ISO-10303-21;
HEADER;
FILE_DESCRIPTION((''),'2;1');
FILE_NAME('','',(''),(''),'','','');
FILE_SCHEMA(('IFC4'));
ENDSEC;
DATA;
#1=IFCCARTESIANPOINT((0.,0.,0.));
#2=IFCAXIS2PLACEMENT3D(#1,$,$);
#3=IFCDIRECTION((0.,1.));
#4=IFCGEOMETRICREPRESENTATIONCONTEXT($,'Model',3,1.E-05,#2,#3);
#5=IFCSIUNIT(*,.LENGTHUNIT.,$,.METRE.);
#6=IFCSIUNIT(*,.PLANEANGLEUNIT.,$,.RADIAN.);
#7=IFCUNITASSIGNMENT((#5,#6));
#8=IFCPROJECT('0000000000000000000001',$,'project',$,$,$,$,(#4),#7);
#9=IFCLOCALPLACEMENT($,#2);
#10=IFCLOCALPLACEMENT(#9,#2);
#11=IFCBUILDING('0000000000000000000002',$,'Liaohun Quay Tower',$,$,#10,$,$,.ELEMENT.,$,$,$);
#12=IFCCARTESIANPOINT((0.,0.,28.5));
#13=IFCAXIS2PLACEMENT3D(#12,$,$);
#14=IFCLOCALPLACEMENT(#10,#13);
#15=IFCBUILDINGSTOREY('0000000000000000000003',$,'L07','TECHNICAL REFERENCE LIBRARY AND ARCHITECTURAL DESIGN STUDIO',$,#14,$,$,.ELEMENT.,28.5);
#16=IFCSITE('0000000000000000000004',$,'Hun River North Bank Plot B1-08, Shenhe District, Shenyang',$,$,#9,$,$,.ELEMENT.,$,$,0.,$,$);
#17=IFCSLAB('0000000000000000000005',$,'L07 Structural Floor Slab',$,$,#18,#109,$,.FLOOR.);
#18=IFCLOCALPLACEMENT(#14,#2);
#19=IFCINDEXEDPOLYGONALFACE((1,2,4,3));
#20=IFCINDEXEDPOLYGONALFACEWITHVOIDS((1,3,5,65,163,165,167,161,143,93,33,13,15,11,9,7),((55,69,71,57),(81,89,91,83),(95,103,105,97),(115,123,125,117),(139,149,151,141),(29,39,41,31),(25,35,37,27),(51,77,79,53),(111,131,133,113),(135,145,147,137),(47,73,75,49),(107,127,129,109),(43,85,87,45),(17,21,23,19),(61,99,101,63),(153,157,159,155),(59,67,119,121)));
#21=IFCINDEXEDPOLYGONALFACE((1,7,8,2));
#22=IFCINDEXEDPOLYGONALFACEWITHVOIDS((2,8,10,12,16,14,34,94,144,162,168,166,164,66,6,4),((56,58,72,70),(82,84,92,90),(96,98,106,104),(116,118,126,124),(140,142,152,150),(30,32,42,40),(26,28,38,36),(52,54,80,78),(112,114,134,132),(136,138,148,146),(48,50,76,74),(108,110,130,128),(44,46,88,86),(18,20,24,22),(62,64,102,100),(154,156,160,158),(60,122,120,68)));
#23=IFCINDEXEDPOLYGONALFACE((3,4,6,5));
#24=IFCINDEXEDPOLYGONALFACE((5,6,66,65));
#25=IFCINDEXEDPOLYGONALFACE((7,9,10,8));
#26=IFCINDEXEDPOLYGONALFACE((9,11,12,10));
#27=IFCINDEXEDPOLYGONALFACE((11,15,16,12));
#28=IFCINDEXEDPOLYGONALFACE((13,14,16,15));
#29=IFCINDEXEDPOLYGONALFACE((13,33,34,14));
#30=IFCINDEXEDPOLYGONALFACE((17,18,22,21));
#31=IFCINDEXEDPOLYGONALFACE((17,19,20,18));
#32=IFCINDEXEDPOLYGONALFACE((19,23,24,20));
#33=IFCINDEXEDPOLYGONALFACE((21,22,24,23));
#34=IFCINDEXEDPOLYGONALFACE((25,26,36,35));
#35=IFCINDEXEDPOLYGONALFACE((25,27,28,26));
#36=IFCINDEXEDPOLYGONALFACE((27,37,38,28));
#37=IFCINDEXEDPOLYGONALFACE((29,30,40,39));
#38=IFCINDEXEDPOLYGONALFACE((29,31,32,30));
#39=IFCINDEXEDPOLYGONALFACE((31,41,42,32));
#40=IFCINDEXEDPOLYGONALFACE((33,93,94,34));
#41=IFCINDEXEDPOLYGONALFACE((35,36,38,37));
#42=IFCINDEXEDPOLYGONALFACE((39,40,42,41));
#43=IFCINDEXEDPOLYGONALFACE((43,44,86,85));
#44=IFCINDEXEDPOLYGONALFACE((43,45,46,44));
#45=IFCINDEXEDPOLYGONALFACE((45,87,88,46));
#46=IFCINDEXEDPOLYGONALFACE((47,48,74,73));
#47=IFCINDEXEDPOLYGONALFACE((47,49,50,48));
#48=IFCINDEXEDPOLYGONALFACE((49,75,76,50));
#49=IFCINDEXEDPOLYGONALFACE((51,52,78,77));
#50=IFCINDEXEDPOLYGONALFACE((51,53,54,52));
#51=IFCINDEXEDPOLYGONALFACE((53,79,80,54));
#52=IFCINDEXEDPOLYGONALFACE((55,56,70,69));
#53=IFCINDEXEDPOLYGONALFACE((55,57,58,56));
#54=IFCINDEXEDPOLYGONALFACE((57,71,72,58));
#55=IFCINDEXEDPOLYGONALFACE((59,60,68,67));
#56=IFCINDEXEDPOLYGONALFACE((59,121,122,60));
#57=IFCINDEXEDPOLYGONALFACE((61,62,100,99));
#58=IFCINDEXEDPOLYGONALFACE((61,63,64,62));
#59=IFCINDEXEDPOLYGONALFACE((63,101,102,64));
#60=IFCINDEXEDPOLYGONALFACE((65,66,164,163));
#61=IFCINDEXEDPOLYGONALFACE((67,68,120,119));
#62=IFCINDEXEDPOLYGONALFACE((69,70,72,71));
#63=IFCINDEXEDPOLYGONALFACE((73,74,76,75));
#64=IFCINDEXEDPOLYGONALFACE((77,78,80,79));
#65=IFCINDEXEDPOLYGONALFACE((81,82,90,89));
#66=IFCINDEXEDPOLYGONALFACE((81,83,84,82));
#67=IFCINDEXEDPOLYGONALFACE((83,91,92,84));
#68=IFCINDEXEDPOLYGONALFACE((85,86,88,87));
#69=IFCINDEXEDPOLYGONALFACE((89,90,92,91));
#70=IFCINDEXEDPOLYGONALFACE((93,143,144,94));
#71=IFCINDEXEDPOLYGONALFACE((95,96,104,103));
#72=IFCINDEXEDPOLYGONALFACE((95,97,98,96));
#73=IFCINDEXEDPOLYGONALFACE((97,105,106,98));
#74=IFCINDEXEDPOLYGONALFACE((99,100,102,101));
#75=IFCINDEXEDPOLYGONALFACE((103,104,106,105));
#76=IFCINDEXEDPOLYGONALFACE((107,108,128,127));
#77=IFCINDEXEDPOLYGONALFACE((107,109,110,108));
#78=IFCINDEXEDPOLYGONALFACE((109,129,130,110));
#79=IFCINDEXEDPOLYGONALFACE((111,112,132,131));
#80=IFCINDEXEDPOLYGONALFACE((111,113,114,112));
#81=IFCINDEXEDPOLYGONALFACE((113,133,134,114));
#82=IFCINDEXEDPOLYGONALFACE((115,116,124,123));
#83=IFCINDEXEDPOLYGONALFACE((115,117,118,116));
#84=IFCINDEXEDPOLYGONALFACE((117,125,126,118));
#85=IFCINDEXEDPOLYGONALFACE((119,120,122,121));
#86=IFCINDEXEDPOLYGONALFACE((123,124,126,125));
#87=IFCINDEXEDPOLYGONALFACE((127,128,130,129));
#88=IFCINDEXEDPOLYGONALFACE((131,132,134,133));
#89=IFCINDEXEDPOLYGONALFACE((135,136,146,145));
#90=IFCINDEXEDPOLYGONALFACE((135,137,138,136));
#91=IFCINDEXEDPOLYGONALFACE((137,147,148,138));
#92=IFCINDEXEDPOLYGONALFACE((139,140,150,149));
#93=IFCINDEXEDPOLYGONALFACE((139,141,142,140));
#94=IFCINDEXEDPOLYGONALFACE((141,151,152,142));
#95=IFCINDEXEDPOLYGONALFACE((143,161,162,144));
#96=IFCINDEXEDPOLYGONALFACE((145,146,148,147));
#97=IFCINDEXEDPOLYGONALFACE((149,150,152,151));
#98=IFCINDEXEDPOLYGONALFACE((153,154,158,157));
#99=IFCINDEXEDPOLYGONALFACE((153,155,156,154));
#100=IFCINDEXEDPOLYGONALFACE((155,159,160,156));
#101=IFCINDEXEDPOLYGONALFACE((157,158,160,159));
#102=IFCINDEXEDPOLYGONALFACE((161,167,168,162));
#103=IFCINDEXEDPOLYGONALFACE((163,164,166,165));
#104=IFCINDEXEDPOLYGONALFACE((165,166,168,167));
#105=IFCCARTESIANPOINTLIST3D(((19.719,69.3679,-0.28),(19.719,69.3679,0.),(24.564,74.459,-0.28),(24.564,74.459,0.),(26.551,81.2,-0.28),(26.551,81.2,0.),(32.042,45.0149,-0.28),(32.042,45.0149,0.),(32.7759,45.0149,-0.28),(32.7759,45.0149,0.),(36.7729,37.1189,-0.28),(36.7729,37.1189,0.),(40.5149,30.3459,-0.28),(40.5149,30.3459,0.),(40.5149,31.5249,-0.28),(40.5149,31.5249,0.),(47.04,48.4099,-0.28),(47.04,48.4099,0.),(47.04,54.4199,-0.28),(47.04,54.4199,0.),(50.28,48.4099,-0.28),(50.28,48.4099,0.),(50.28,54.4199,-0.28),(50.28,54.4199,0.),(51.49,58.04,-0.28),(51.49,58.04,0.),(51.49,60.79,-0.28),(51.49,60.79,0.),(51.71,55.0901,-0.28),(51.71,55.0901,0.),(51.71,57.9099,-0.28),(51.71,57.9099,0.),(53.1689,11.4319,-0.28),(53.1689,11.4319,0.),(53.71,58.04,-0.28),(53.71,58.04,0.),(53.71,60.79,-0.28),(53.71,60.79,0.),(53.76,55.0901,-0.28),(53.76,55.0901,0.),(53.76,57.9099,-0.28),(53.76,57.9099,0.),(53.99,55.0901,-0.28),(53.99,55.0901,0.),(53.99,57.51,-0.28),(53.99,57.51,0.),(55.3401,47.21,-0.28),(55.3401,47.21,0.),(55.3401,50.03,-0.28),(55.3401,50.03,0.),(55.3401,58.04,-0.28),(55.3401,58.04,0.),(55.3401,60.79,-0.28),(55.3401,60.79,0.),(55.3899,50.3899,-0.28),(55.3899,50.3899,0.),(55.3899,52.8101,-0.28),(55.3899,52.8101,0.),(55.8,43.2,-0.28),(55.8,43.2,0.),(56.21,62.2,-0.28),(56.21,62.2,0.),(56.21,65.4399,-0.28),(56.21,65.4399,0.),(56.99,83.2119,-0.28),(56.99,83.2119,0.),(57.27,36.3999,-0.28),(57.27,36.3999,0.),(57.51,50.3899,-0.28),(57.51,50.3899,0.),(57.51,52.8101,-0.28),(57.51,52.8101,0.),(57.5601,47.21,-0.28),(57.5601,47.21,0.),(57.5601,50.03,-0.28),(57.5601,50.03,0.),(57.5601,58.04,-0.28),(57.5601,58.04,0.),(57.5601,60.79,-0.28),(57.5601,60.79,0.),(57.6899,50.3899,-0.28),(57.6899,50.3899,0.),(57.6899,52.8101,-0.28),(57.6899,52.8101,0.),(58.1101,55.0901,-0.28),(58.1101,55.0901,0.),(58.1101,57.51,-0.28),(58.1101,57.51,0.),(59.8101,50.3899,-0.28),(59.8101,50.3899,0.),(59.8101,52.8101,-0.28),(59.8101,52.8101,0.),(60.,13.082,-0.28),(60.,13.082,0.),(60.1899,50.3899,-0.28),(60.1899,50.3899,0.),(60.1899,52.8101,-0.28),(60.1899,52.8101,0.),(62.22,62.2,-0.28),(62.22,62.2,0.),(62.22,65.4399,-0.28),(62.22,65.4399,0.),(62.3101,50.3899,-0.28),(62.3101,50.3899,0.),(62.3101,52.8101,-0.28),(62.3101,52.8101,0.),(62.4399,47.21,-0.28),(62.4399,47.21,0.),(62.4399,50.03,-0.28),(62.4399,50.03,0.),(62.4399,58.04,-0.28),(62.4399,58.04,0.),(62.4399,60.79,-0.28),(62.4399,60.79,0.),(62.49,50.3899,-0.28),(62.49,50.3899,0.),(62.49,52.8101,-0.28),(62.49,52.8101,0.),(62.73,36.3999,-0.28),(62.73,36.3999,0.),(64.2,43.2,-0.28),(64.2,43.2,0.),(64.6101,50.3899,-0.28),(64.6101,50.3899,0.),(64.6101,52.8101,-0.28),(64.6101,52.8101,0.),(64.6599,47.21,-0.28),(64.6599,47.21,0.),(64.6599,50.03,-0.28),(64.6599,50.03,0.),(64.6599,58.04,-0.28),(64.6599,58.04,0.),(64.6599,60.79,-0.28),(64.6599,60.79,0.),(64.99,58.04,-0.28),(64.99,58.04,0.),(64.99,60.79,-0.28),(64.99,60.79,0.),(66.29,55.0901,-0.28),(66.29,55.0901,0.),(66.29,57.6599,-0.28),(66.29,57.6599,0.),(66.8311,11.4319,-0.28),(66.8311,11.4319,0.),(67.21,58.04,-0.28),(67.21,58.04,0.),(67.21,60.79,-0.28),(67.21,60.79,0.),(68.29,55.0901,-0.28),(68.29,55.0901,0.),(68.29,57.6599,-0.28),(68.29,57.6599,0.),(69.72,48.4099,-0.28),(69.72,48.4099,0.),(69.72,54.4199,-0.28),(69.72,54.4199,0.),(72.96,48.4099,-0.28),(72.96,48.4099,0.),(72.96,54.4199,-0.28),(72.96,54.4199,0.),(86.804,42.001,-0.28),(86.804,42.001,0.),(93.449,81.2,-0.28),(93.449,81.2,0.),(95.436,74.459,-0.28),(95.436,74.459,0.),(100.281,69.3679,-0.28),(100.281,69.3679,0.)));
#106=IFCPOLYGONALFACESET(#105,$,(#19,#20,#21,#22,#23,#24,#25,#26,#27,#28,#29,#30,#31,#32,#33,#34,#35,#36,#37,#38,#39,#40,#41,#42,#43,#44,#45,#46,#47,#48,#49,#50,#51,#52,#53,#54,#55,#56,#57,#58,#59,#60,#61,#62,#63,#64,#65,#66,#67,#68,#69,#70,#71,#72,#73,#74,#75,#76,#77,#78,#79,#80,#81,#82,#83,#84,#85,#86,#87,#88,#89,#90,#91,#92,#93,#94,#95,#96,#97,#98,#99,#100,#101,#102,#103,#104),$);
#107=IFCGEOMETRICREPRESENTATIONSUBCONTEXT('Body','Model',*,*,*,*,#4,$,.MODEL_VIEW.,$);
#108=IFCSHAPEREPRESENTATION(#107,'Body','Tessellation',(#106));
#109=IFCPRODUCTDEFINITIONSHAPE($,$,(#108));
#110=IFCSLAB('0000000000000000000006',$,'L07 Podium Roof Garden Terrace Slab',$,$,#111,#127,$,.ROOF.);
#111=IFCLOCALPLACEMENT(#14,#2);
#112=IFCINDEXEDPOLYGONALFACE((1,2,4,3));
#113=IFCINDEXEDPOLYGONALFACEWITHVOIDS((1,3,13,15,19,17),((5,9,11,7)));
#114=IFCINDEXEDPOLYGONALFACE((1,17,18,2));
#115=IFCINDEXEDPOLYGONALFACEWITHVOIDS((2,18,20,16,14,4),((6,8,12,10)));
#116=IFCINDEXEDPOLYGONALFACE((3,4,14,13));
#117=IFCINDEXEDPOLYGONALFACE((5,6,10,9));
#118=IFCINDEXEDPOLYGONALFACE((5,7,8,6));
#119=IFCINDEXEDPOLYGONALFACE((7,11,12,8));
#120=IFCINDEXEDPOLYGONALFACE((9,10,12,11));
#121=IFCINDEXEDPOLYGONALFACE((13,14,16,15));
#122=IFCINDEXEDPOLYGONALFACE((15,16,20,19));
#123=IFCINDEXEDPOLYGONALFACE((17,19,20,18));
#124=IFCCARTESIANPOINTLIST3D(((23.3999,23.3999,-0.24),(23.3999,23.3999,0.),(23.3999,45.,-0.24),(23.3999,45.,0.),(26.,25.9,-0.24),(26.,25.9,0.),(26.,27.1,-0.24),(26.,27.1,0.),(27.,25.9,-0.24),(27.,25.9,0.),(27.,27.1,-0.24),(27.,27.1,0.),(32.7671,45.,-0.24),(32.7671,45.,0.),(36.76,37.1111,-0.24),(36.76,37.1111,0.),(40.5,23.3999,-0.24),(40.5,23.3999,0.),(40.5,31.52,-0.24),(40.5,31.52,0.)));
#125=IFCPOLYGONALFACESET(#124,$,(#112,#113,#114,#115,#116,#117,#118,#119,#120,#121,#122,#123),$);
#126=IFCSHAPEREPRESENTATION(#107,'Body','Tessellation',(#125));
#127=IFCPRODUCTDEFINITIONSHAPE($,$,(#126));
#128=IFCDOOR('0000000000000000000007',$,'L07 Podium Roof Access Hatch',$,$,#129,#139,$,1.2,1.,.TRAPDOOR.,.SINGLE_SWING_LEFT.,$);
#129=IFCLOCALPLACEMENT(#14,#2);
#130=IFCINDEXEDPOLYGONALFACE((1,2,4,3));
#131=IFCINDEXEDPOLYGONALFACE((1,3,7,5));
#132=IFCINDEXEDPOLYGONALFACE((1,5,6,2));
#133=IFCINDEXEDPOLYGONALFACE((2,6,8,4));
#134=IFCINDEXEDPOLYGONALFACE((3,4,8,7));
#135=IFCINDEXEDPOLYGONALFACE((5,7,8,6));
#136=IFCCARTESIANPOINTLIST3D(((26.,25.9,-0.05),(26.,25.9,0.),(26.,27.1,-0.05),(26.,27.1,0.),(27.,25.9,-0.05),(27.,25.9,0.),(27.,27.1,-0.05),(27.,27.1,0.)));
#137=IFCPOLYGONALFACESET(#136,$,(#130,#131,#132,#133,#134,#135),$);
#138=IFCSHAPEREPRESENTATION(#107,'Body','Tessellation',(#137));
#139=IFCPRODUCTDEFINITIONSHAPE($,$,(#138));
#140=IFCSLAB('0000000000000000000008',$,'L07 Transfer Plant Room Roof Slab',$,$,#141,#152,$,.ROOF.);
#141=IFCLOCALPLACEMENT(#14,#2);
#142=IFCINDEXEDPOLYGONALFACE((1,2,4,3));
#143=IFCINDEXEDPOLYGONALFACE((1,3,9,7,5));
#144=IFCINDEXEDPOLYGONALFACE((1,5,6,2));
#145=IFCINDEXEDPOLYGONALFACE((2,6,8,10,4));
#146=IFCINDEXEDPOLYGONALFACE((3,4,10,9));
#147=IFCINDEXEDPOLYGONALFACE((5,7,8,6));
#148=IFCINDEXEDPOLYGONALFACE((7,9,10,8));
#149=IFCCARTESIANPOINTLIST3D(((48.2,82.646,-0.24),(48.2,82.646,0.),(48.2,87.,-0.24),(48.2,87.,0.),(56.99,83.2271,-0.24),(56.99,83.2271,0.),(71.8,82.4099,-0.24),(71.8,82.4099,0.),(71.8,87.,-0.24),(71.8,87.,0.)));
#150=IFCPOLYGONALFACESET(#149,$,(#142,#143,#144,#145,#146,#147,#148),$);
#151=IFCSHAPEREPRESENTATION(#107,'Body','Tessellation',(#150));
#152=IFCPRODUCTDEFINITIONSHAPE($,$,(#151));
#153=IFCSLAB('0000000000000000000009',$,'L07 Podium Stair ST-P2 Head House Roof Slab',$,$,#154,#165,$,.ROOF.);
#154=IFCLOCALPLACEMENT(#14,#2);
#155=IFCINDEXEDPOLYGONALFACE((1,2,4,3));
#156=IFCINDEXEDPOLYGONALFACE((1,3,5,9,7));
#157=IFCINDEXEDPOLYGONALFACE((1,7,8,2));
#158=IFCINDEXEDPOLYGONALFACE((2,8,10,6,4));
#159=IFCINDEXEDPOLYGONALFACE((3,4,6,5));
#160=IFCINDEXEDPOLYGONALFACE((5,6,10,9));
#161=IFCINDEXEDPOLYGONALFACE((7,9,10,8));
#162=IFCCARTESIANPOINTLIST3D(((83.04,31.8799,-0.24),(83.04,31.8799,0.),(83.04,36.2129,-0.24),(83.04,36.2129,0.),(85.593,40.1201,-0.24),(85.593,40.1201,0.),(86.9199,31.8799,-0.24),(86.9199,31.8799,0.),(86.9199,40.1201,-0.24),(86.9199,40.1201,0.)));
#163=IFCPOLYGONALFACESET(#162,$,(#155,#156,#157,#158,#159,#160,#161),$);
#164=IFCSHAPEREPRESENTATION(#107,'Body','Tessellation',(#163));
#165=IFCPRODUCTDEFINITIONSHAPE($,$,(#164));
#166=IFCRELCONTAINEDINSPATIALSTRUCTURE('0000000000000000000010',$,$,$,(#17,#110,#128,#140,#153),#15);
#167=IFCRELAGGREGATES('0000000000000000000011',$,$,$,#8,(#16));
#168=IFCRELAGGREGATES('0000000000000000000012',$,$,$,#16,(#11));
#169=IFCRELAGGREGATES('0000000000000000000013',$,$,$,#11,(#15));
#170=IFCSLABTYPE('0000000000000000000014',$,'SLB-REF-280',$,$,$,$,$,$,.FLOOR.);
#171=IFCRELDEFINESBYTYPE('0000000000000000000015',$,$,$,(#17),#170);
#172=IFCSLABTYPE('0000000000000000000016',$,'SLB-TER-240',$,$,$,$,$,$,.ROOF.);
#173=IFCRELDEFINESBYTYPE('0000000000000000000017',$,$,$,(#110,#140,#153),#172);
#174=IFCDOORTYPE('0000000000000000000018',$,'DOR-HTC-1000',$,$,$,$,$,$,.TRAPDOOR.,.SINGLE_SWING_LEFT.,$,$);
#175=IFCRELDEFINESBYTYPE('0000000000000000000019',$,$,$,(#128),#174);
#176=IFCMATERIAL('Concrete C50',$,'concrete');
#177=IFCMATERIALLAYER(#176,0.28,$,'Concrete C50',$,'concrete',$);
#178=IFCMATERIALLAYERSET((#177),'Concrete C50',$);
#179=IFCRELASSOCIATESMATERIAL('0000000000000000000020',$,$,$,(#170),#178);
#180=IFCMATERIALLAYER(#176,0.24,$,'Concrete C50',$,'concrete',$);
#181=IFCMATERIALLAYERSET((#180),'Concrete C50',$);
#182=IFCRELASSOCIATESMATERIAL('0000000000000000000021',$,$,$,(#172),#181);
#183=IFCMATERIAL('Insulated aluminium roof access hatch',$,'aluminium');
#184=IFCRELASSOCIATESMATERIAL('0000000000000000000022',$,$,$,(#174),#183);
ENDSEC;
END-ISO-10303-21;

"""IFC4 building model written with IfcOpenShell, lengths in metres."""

from ifc_helpers import new_model, si_unit, direction, frame, origin, origin_2d, place, context, subcontext, project, spatial, polyline, rectangle, outline, extrude, material, layer, layer_set, type_object, element, fill, save


model = new_model("IFC4")

# Units and contexts
model_context = context("Model", 3, precision=1e-05, world=origin(), true_north=direction((0.0, 1.0)))
body_context = subcontext(model_context, "Body", "Model", "MODEL_VIEW")
ifc_project = project(units=[si_unit("LENGTHUNIT", "METRE"), si_unit("PLANEANGLEUNIT", "RADIAN")], contexts=[model_context])

# Site, building, storey
site_placement = place(None, origin())
site = spatial("IfcSite", under=ifc_project, at=site_placement, Name="Hun River North Bank Plot B1-08, Shenhe District, Shenyang", CompositionType="ELEMENT", RefElevation=0.0)
building_placement = place(site_placement, origin())
building = spatial("IfcBuilding", under=site, at=building_placement, Name="Liaohun Quay Tower", CompositionType="ELEMENT")
storey_placement = place(building_placement, frame((0.0, 0.0, 28.5)))
storey = spatial("IfcBuildingStorey", under=building, at=storey_placement, Name="L07", Description="TECHNICAL REFERENCE LIBRARY AND ARCHITECTURAL DESIGN STUDIO", CompositionType="ELEMENT", Elevation=28.5)

# Slab
ifc_material_1 = material(Name="Concrete C50", Category="concrete")
ifc_layer_1 = layer(ifc_material_1, 0.28, Name="Concrete C50", Category="concrete")
ifc_layer_set_1 = layer_set([ifc_layer_1], Name="Concrete C50")
slab_type_1 = type_object("IfcSlabType", Name="SLB-REF-280", PredefinedType="FLOOR", material=ifc_layer_set_1)
slab_1_placement = place(storey_placement, frame((0.0, 0.0, -0.28)))
element("IfcSlab", 1, at=slab_1_placement, inside=storey, type_object=slab_type_1, Name="L07 Structural Floor Slab", PredefinedType="FLOOR", context=body_context, shape_type="SweptSolid", body=[
    extrude(outline(polyline([(32.042, 45.0149), (32.7759, 45.0149), (36.7729, 37.1189), (40.5149, 31.5249), (40.5149, 30.3459), (53.1689, 11.4319), (60.0, 13.082), (66.8311, 11.4319), (86.804, 42.001), (100.281, 69.3679), (95.436, 74.459), (93.449, 81.2), (56.99, 83.2119), (26.551, 81.2), (24.564, 74.459), (19.719, 69.3679), (32.042, 45.0149)]), holes=[polyline([(57.5601, 47.21), (57.5601, 50.03), (55.3401, 50.03), (55.3401, 47.21), (57.5601, 47.21)]), polyline([(50.28, 54.4199), (47.04, 54.4199), (47.04, 48.4099), (50.28, 48.4099), (50.28, 54.4199)]), polyline([(57.51, 50.3899), (57.51, 52.8101), (55.3899, 52.8101), (55.3899, 50.3899), (57.51, 50.3899)]), polyline([(59.8101, 50.3899), (59.8101, 52.8101), (57.6899, 52.8101), (57.6899, 50.3899), (59.8101, 50.3899)]), polyline([(58.1101, 57.51), (53.99, 57.51), (53.99, 55.0901), (58.1101, 55.0901), (58.1101, 57.51)]), polyline([(53.76, 55.0901), (53.76, 57.9099), (51.71, 57.9099), (51.71, 55.0901), (53.76, 55.0901)]), polyline([(51.49, 58.04), (53.71, 58.04), (53.71, 60.79), (51.49, 60.79), (51.49, 58.04)]), polyline([(55.3401, 58.04), (57.5601, 58.04), (57.5601, 60.79), (55.3401, 60.79), (55.3401, 58.04)]), polyline([(62.73, 36.3999), (64.2, 43.2), (55.8, 43.2), (57.27, 36.3999), (62.73, 36.3999)]), polyline([(64.6599, 47.21), (64.6599, 50.03), (62.4399, 50.03), (62.4399, 47.21), (64.6599, 47.21)]), polyline([(72.96, 54.4199), (69.72, 54.4199), (69.72, 48.4099), (72.96, 48.4099), (72.96, 54.4199)]), polyline([(62.3101, 50.3899), (62.3101, 52.8101), (60.1899, 52.8101), (60.1899, 50.3899), (62.3101, 50.3899)]), polyline([(64.6101, 50.3899), (64.6101, 52.8101), (62.49, 52.8101), (62.49, 50.3899), (64.6101, 50.3899)]), polyline([(68.29, 55.0901), (68.29, 57.6599), (66.29, 57.6599), (66.29, 55.0901), (68.29, 55.0901)]), polyline([(64.6599, 58.04), (64.6599, 60.79), (62.4399, 60.79), (62.4399, 58.04), (64.6599, 58.04)]), polyline([(64.99, 58.04), (67.21, 58.04), (67.21, 60.79), (64.99, 60.79), (64.99, 58.04)]), polyline([(56.21, 62.2), (62.22, 62.2), (62.22, 65.4399), (56.21, 65.4399), (56.21, 62.2)])]), origin(), (0.0, 0.0, 1.0), 0.28),
])

# Slab, opening, door
ifc_layer_2 = layer(ifc_material_1, 0.24, Name="Concrete C50", Category="concrete")
ifc_layer_set_2 = layer_set([ifc_layer_2], Name="Concrete C50")
slab_type_2 = type_object("IfcSlabType", Name="SLB-TER-240", PredefinedType="ROOF", material=ifc_layer_set_2)
slab_2_placement = place(storey_placement, frame((0.0, 0.0, -0.24)))
slab_2 = element("IfcSlab", 2, at=slab_2_placement, inside=storey, type_object=slab_type_2, Name="L07 Podium Roof Garden Terrace Slab", PredefinedType="ROOF", context=body_context, shape_type="SweptSolid", body=[
    extrude(outline(polyline([(23.3999, 23.3999), (40.5, 23.3999), (40.5, 31.52), (36.76, 37.1111), (32.7671, 45.0), (23.3999, 45.0), (23.3999, 23.3999)])), origin(), (0.0, 0.0, 1.0), 0.24),
])
opening_1_placement = place(slab_2_placement, frame((26.5, 26.5, 0.0)))
opening_1 = element("IfcOpeningElement", 3, at=opening_1_placement, cuts=slab_2, PredefinedType="OPENING", context=body_context, shape_type="SweptSolid", body=[
    extrude(rectangle(XDim=1.0, YDim=1.2, at=origin_2d()), origin(), (0.0, 0.0, 1.0), 0.24),
])
ifc_material_2 = material(Name="Insulated aluminium roof access hatch", Category="aluminium")
door_type_1 = type_object("IfcDoorType", Name="DOR-HTC-1000", OperationType="SINGLE_SWING_LEFT", PredefinedType="TRAPDOOR", material=ifc_material_2)
door_1_placement = place(opening_1_placement, frame((0.0, 0.0, 0.1899)))
door_1 = element("IfcDoor", 4, at=door_1_placement, inside=storey, type_object=door_type_1, Name="L07 Podium Roof Access Hatch", OperationType="SINGLE_SWING_LEFT", OverallHeight=1.2, OverallWidth=1.0, PredefinedType="TRAPDOOR", context=body_context, shape_type="SweptSolid", body=[
    extrude(rectangle(XDim=1.0, YDim=1.2, at=origin_2d()), origin(), (0.0, 0.0, 1.0), 0.05),
])
fill(opening_1, door_1)

# Slabs
slab_3_placement = place(storey_placement, frame((0.0, 0.0, -0.24)))
element("IfcSlab", 5, at=slab_3_placement, inside=storey, type_object=slab_type_2, Name="L07 Transfer Plant Room Roof Slab", PredefinedType="ROOF", context=body_context, shape_type="SweptSolid", body=[
    extrude(outline(polyline([(48.2, 82.646), (56.99, 83.2271), (71.8, 82.4099), (71.8, 87.0), (48.2, 87.0), (48.2, 82.646)])), origin(), (0.0, 0.0, 1.0), 0.24),
])
slab_4_placement = place(storey_placement, frame((0.0, 0.0, -0.24)))
element("IfcSlab", 6, at=slab_4_placement, inside=storey, type_object=slab_type_2, Name="L07 Podium Stair ST-P2 Head House Roof Slab", PredefinedType="ROOF", context=body_context, shape_type="SweptSolid", body=[
    extrude(outline(polyline([(85.593, 40.1201), (83.04, 36.2129), (83.04, 31.8799), (86.9199, 31.8799), (86.9199, 40.1201), (85.593, 40.1201)])), origin(), (0.0, 0.0, 1.0), 0.24),
])

save(model, "model.ifc")
